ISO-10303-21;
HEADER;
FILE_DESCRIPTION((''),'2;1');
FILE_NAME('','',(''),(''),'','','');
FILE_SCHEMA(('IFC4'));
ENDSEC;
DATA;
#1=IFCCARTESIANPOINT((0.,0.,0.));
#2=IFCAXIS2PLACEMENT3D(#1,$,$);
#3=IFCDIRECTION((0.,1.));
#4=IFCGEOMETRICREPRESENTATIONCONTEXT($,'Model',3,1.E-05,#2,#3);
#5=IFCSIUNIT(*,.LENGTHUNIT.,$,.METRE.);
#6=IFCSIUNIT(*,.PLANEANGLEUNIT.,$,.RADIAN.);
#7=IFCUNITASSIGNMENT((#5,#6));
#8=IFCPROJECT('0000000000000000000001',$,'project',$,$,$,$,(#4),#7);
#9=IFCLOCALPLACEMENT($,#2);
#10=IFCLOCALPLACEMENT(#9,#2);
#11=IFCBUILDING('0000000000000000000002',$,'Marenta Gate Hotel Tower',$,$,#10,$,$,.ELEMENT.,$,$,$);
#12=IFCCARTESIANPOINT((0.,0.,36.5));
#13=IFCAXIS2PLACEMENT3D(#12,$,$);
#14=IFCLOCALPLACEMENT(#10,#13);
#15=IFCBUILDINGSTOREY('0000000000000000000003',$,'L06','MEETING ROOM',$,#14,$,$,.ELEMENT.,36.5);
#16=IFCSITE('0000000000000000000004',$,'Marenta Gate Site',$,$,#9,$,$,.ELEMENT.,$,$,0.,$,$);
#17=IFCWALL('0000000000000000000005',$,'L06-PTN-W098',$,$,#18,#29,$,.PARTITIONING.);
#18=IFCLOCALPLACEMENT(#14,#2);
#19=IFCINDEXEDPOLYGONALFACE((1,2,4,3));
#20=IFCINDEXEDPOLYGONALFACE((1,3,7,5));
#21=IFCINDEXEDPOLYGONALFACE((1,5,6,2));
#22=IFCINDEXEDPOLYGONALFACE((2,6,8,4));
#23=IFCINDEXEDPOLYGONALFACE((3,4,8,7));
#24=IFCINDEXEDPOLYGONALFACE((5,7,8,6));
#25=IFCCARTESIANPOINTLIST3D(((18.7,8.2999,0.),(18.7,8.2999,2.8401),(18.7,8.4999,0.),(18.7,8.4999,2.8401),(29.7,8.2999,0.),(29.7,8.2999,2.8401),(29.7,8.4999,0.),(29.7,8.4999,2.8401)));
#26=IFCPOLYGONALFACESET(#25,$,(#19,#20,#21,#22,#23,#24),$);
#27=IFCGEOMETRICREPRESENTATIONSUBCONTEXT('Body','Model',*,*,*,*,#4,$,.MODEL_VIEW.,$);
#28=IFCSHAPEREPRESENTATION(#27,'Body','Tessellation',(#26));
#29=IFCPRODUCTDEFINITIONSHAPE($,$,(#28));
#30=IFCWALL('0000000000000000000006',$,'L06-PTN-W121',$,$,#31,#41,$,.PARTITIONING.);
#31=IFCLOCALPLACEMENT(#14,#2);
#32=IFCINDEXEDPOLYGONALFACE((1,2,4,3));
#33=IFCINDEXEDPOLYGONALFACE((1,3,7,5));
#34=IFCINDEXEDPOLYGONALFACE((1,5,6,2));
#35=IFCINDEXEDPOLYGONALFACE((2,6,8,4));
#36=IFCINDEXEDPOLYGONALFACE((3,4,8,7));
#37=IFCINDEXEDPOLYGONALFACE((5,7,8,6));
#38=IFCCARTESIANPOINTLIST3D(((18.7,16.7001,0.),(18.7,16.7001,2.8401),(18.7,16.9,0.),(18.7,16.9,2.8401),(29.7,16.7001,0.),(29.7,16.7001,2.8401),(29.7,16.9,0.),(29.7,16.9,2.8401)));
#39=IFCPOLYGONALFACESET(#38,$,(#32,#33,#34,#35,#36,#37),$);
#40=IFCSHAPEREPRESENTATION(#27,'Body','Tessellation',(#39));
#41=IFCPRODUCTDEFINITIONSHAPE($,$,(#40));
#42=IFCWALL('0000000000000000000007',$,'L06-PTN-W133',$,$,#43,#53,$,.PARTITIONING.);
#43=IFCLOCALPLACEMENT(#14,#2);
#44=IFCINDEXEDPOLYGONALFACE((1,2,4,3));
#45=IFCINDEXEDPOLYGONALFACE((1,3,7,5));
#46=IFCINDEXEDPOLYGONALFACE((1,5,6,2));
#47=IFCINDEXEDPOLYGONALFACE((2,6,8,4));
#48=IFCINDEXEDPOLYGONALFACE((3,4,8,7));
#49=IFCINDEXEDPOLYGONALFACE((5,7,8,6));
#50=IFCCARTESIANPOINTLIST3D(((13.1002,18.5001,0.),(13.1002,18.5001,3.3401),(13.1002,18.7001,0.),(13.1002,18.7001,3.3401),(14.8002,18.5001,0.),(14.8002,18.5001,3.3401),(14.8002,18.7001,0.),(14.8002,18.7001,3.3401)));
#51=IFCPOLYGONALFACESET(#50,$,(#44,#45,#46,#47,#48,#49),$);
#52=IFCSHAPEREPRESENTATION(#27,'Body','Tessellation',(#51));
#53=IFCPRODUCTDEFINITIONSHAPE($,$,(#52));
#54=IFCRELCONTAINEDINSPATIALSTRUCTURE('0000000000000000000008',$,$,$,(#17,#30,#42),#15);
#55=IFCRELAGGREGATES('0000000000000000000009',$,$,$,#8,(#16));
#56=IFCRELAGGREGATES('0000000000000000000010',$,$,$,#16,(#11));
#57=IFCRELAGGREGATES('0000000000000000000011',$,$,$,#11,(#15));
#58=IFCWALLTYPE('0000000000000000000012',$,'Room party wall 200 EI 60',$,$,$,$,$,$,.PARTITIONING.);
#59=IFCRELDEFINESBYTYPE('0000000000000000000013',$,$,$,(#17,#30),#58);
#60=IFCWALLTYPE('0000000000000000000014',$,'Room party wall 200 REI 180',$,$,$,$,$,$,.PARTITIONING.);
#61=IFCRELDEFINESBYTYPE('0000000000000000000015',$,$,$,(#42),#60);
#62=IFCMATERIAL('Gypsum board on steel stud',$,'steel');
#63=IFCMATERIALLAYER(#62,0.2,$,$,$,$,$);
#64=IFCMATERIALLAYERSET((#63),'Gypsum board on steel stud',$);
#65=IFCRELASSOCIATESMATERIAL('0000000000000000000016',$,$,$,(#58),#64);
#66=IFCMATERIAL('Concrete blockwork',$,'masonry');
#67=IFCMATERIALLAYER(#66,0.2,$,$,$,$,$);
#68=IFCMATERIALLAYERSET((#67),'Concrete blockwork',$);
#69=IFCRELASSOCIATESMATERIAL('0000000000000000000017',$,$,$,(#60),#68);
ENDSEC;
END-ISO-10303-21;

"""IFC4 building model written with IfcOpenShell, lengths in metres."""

from ifc_helpers import new_model, si_unit, direction, frame, frame_2d, origin, place, context, subcontext, project, spatial, rectangle, extrude, material, layer, layer_set, type_object, element, save


model = new_model("IFC4")

# Units and contexts
model_context = context("Model", 3, precision=1e-05, world=origin(), true_north=direction((0.0, 1.0)))
body_context = subcontext(model_context, "Body", "Model", "MODEL_VIEW")
ifc_project = project(units=[si_unit("LENGTHUNIT", "METRE"), si_unit("PLANEANGLEUNIT", "RADIAN")], contexts=[model_context])

# Site, building, storey
site_placement = place(None, origin())
site = spatial("IfcSite", under=ifc_project, at=site_placement, Name="Marenta Gate Site", CompositionType="ELEMENT", RefElevation=0.0)
building_placement = place(site_placement, origin())
building = spatial("IfcBuilding", under=site, at=building_placement, Name="Marenta Gate Hotel Tower", CompositionType="ELEMENT")
storey_placement = place(building_placement, frame((0.0, 0.0, 36.5)))
storey = spatial("IfcBuildingStorey", under=building, at=storey_placement, Name="L06", Description="MEETING ROOM", CompositionType="ELEMENT", Elevation=36.5)

# Walls
ifc_material_1 = material(Name="Gypsum board on steel stud", Category="steel")
ifc_layer_1 = layer(ifc_material_1, 0.2)
ifc_layer_set_1 = layer_set([ifc_layer_1], Name="Gypsum board on steel stud")
wall_type_1 = type_object("IfcWallType", Name="Room party wall 200 EI 60", PredefinedType="PARTITIONING", material=ifc_layer_set_1)
for number, where, z_axis, x_axis, name in (
    (1, (18.7, 8.3999, 0.0), (0.0, 0.0, 1.0), (1.0, 0.0, 0.0), "L06-PTN-W098"),
    (2, (18.7, 16.8, 0.0), (0.0, 0.0, 1.0), (1.0, 0.0, 0.0), "L06-PTN-W121"),
):
    element("IfcWall", number, at=place(storey_placement, frame(where, z_axis=z_axis, x_axis=x_axis)), inside=storey, type_object=wall_type_1, Name=name, PredefinedType="PARTITIONING", context=body_context, shape_type="SweptSolid", body=[
        extrude(rectangle(XDim=11.0, YDim=0.2, at=frame_2d((5.5, 0.0))), origin(), (0.0, 0.0, 1.0), 2.8401),
    ])
ifc_material_2 = material(Name="Concrete blockwork", Category="masonry")
ifc_layer_2 = layer(ifc_material_2, 0.2)
ifc_layer_set_2 = layer_set([ifc_layer_2], Name="Concrete blockwork")
wall_type_2 = type_object("IfcWallType", Name="Room party wall 200 REI 180", PredefinedType="PARTITIONING", material=ifc_layer_set_2)
wall_1_placement = place(storey_placement, frame((13.1001, 18.6001, 0.0), z_axis=(0.0, 0.0, 1.0), x_axis=(1.0, 0.0, 0.0)))
element("IfcWall", 3, at=wall_1_placement, inside=storey, type_object=wall_type_2, Name="L06-PTN-W133", PredefinedType="PARTITIONING", context=body_context, shape_type="SweptSolid", body=[
    extrude(rectangle(XDim=1.7, YDim=0.2, at=frame_2d((0.8501, 0.0))), origin(), (0.0, 0.0, 1.0), 3.3401),
])

save(model, "model.ifc")
